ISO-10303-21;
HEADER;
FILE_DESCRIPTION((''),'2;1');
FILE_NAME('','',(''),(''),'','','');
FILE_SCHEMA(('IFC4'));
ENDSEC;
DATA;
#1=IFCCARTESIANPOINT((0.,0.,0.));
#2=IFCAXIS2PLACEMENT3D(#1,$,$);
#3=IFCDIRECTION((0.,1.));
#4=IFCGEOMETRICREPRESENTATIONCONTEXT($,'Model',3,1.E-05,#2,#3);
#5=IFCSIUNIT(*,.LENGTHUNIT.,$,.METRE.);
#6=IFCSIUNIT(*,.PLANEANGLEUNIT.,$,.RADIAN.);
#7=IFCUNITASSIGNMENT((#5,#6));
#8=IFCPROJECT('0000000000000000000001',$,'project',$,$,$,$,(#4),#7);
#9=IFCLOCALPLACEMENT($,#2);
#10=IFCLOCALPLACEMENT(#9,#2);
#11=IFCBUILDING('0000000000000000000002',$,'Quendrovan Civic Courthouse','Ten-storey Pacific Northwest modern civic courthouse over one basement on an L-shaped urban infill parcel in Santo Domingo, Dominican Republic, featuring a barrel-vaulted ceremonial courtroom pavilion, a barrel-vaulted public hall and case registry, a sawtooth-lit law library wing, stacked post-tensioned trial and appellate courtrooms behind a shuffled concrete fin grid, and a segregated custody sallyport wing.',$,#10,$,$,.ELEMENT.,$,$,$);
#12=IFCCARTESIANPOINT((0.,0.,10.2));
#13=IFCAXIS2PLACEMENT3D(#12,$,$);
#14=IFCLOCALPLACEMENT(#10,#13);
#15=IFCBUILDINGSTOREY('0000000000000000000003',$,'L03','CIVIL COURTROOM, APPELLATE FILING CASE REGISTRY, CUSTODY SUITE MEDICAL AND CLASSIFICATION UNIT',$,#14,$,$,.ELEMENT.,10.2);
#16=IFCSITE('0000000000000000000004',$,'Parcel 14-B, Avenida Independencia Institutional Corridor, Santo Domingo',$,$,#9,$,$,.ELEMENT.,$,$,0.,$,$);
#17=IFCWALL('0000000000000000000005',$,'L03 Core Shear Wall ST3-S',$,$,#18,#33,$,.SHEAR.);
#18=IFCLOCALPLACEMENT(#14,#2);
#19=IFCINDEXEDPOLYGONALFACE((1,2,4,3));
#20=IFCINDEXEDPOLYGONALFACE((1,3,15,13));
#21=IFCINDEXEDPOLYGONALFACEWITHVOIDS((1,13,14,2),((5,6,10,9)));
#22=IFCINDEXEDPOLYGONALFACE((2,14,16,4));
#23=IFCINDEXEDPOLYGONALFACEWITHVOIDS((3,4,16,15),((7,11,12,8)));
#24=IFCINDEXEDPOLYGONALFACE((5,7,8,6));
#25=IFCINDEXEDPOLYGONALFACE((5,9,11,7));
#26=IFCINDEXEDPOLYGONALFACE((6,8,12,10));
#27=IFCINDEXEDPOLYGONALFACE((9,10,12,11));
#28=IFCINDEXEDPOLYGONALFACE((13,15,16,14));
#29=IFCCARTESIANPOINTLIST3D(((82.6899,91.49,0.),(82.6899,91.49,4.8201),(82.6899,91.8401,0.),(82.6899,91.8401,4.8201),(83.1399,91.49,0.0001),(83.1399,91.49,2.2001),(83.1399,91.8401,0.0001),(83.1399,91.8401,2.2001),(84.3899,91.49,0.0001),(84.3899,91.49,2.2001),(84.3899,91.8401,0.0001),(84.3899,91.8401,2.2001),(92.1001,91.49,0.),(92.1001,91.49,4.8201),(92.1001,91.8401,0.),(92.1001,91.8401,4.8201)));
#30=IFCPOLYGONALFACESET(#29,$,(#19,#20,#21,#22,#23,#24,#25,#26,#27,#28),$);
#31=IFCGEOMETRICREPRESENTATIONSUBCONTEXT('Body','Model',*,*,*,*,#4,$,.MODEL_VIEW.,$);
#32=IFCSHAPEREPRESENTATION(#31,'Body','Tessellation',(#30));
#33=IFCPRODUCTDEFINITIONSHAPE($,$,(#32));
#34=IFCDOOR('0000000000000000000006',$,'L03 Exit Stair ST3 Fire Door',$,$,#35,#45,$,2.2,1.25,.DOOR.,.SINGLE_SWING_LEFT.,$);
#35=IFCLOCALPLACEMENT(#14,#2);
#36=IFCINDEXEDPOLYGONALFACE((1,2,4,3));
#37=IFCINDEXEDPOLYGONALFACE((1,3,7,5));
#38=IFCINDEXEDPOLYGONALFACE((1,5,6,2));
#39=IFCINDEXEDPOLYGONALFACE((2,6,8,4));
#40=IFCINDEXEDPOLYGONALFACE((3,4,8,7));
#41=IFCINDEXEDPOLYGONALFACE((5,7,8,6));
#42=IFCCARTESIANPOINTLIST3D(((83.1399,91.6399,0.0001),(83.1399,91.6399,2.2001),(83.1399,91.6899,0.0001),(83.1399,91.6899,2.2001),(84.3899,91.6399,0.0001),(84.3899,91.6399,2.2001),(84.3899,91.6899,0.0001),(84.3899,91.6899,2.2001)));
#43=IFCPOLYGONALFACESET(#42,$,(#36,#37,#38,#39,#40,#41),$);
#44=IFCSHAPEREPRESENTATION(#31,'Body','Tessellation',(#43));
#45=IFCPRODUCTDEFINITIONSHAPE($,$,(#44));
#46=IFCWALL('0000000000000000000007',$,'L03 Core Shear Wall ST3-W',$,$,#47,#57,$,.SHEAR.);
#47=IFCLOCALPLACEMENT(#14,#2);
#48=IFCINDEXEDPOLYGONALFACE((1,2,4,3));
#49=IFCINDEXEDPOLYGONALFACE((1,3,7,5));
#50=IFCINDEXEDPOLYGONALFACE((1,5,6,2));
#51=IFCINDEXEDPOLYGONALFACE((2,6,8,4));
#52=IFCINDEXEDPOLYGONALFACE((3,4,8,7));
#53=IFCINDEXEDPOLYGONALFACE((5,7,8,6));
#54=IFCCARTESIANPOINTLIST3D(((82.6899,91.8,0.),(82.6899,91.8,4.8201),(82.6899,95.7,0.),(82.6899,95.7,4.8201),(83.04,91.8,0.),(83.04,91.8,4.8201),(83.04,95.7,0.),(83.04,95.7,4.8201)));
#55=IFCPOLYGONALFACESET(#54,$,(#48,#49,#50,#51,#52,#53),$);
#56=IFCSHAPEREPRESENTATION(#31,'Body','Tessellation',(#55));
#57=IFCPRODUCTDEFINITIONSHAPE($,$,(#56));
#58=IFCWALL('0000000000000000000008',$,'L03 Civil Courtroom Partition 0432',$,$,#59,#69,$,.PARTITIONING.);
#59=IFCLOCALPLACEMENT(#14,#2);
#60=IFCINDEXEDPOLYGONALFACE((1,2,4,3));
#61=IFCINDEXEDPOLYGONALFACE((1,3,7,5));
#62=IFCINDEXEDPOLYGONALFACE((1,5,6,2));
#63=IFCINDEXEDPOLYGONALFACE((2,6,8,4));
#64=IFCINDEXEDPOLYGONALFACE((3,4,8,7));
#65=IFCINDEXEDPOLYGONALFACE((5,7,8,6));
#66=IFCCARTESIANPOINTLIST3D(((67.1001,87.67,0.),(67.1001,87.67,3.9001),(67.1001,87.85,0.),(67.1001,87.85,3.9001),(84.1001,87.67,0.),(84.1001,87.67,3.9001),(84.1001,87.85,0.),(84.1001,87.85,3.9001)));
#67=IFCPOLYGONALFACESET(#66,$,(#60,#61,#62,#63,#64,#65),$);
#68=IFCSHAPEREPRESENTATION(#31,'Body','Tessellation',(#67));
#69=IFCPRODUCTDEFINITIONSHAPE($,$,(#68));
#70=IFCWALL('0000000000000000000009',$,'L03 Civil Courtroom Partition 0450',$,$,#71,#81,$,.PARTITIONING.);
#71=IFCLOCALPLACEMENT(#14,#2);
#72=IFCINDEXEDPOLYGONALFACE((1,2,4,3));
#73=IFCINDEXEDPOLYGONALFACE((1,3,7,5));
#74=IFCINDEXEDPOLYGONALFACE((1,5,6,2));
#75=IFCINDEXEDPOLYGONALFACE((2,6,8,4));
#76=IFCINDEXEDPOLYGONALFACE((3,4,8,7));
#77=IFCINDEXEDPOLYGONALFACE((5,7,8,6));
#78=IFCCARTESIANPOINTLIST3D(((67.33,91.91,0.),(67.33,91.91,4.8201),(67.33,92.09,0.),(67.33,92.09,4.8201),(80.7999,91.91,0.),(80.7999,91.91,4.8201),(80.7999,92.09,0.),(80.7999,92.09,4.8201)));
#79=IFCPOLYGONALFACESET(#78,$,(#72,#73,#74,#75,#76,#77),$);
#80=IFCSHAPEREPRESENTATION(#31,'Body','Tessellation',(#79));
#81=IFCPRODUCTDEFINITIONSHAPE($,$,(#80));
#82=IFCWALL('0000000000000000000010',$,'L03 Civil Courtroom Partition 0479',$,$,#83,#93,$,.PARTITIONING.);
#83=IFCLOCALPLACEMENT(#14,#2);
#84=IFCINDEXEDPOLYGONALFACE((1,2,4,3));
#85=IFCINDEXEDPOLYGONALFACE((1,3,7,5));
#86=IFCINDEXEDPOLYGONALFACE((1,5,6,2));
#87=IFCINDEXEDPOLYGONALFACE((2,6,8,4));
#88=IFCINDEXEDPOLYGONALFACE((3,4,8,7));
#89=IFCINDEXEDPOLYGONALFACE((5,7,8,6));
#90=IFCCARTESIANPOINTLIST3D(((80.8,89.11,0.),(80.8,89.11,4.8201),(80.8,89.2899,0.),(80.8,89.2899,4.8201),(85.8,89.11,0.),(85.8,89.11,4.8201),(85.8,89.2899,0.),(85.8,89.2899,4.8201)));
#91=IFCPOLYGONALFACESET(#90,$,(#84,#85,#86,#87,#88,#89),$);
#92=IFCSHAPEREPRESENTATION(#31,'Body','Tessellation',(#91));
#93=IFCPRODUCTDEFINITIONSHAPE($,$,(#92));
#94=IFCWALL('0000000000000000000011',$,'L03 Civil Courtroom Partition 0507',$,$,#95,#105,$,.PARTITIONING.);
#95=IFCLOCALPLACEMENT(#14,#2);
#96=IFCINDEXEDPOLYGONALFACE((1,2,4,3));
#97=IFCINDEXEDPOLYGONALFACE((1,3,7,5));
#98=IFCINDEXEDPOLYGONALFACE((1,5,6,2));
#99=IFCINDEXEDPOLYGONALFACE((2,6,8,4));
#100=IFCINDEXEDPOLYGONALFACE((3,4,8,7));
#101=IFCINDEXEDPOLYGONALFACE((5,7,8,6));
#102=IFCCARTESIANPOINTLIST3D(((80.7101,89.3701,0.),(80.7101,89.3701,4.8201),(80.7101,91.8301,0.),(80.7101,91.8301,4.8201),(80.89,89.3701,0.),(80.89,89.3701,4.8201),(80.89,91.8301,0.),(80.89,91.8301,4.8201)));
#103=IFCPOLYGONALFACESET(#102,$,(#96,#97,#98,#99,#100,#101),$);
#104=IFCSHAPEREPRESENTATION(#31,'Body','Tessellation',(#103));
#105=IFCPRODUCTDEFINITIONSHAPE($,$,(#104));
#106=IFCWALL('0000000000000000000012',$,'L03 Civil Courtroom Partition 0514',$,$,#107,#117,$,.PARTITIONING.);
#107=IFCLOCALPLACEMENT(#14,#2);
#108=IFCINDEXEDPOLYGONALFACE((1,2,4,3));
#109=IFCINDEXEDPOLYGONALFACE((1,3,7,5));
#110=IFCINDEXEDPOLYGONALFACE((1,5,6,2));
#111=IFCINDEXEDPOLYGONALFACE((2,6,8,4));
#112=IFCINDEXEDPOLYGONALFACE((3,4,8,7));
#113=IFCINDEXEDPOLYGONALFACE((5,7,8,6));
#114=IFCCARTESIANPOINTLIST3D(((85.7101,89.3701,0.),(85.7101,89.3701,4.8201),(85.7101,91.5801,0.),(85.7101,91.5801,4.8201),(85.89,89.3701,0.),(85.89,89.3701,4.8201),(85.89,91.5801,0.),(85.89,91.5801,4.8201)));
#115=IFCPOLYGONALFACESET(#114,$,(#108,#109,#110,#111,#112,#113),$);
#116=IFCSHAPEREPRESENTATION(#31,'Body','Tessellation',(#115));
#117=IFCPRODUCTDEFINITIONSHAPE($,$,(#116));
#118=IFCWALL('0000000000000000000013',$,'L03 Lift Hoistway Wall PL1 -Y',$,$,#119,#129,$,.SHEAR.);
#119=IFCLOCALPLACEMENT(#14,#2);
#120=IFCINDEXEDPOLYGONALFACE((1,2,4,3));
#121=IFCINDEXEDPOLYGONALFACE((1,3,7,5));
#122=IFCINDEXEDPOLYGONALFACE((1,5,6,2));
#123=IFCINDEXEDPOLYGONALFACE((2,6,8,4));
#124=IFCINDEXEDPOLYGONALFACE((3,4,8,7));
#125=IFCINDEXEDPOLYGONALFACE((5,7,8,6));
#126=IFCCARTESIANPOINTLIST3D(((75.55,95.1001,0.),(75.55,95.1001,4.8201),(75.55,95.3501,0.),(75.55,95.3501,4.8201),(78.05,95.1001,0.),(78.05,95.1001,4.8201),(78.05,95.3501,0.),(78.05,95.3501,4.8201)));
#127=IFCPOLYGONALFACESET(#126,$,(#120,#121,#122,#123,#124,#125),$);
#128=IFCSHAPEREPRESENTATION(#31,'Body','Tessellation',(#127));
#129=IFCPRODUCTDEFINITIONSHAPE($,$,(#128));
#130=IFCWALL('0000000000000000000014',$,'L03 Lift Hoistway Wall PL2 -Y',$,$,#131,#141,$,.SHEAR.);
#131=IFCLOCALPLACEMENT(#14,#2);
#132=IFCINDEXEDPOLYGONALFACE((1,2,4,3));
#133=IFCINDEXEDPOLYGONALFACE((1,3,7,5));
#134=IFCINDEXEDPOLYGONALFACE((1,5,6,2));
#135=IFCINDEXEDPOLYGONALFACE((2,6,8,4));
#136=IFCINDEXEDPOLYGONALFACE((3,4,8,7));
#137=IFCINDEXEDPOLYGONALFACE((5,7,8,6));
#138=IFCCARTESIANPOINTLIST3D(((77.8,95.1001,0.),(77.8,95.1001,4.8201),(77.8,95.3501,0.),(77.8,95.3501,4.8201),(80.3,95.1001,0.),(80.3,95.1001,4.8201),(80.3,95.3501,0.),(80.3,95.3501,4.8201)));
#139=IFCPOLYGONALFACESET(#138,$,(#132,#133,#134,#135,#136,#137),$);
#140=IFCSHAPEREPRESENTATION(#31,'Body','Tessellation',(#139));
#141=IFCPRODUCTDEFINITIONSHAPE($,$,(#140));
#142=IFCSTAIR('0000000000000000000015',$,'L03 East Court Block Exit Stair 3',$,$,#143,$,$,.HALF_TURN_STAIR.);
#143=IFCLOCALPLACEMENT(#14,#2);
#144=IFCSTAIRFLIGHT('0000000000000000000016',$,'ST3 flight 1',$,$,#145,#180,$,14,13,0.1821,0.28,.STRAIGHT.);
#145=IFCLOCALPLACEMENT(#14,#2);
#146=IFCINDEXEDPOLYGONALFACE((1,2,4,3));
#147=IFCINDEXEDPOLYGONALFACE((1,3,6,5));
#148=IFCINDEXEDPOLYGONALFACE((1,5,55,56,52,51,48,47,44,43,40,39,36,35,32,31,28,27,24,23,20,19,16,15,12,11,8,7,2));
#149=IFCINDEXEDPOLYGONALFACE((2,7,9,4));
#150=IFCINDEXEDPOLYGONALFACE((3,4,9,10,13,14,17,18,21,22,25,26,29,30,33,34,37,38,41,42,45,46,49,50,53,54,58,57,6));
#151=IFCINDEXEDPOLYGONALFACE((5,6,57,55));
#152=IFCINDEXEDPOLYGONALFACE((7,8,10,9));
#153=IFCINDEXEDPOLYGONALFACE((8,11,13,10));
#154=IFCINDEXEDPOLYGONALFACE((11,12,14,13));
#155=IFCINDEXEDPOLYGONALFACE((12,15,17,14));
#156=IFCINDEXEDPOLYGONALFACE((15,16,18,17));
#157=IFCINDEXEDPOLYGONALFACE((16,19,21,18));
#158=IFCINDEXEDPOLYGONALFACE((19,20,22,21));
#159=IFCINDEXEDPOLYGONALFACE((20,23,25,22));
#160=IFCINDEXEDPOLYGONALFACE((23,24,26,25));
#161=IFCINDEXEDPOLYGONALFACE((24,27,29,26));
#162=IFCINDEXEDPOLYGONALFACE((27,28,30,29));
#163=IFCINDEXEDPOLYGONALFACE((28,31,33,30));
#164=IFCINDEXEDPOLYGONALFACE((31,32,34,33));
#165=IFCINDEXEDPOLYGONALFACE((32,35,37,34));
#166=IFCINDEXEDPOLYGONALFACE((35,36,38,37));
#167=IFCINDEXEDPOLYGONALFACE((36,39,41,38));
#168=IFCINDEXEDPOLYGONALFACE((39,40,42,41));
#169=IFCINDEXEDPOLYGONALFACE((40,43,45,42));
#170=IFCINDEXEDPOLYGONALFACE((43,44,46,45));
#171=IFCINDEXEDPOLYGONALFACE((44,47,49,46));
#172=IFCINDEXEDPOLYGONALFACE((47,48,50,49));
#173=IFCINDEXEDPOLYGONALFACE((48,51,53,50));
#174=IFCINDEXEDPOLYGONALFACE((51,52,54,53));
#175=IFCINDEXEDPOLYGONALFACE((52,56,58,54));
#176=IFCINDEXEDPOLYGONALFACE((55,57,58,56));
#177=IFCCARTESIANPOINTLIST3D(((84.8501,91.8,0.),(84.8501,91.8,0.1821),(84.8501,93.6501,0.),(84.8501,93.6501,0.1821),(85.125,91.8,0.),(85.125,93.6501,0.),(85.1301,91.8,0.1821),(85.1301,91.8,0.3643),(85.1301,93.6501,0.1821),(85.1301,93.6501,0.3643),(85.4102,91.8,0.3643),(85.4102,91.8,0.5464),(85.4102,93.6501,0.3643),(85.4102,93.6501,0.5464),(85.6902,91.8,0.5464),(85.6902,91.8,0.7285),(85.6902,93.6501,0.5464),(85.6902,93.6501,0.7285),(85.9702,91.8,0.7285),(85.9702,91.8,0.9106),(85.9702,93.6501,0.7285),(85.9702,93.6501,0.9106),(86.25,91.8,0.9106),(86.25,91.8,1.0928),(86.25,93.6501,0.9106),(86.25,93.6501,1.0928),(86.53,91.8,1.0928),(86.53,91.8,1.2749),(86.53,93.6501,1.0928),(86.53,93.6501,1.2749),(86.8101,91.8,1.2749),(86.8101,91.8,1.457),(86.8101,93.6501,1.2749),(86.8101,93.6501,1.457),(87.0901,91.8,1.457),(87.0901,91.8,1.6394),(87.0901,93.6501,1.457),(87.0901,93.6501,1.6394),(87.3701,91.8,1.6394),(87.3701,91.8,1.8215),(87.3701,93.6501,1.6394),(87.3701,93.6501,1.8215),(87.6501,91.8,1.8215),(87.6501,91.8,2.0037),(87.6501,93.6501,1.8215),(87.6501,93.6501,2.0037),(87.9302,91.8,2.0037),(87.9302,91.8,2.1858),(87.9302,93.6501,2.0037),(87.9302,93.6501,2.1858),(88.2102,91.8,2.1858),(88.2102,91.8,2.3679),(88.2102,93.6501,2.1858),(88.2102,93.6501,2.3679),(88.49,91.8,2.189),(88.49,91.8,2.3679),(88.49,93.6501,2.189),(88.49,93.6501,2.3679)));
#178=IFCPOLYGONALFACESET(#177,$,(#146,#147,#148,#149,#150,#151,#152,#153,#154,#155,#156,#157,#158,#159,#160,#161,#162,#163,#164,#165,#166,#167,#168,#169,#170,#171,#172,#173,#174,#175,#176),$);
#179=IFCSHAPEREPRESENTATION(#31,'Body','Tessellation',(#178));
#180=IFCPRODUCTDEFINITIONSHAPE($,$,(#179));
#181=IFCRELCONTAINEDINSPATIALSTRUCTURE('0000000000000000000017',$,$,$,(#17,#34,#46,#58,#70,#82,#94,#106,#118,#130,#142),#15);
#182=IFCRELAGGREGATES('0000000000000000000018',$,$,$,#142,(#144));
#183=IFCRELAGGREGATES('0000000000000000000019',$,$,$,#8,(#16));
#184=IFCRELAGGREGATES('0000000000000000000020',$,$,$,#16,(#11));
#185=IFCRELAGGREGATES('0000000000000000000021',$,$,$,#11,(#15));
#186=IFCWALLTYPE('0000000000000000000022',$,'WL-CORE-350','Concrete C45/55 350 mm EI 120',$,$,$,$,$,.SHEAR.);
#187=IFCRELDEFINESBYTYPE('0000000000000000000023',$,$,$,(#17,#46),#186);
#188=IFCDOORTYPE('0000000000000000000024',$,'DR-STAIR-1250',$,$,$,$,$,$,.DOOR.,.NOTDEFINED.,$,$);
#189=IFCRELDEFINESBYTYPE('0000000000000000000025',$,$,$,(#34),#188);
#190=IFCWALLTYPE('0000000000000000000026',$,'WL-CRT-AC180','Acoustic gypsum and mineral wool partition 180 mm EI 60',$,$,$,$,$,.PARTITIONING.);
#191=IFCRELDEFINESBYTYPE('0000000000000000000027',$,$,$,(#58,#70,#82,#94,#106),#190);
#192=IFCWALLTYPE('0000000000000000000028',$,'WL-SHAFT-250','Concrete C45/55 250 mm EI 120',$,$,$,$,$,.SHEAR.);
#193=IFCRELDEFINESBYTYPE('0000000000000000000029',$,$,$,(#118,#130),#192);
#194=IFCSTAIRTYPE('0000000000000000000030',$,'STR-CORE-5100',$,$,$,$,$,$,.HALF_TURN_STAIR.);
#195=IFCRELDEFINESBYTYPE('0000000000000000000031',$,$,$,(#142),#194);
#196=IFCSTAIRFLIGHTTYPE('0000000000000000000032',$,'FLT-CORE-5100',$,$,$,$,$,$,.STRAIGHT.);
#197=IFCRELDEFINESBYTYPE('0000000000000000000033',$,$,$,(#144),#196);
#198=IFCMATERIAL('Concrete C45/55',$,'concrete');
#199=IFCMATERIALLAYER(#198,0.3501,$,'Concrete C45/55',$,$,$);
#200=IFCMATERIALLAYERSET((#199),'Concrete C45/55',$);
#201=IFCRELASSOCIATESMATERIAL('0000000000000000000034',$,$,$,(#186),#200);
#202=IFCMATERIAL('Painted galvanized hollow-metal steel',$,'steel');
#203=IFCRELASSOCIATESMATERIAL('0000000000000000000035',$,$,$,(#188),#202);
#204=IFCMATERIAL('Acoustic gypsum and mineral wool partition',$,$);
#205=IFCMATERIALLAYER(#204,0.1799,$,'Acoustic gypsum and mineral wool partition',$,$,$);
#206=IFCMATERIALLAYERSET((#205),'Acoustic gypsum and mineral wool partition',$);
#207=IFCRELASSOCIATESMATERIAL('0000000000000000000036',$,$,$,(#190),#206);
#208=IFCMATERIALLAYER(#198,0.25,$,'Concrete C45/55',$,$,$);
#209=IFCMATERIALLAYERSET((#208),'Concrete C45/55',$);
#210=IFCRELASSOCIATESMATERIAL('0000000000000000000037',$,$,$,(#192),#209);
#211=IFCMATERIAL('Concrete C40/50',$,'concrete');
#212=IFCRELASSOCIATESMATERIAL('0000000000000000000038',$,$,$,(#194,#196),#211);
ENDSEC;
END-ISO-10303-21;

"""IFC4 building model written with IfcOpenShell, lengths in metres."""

from ifc_helpers import new_model, si_unit, direction, frame, frame_2d, origin, place, context, subcontext, project, spatial, polyline, rectangle, outline, extrude, material, layer, layer_set, type_object, element, fill, aggregate, save


model = new_model("IFC4")

# Units and contexts
model_context = context("Model", 3, precision=1e-05, world=origin(), true_north=direction((0.0, 1.0)))
body_context = subcontext(model_context, "Body", "Model", "MODEL_VIEW")
ifc_project = project(units=[si_unit("LENGTHUNIT", "METRE"), si_unit("PLANEANGLEUNIT", "RADIAN")], contexts=[model_context])

# Site, building, storey
site_placement = place(None, origin())
site = spatial("IfcSite", under=ifc_project, at=site_placement, Name="Parcel 14-B, Avenida Independencia Institutional Corridor, Santo Domingo", CompositionType="ELEMENT", RefElevation=0.0)
building_placement = place(site_placement, origin())
building = spatial("IfcBuilding", under=site, at=building_placement, Name="Quendrovan Civic Courthouse", Description="Ten-storey Pacific Northwest modern civic courthouse over one basement on an L-shaped urban infill parcel in Santo Domingo, Dominican Republic, featuring a barrel-vaulted ceremonial courtroom pavilion, a barrel-vaulted public hall and case registry, a sawtooth-lit law library wing, stacked post-tensioned trial and appellate courtrooms behind a shuffled concrete fin grid, and a segregated custody sallyport wing.", CompositionType="ELEMENT")
storey_placement = place(building_placement, frame((0.0, 0.0, 10.2)))
storey = spatial("IfcBuildingStorey", under=building, at=storey_placement, Name="L03", Description="CIVIL COURTROOM, APPELLATE FILING CASE REGISTRY, CUSTODY SUITE MEDICAL AND CLASSIFICATION UNIT", CompositionType="ELEMENT", Elevation=10.2)

# Shared definitions
ifc_material_1 = material(Name="Concrete C40/50", Category="concrete")
ifc_material_2 = material(Name="Concrete C45/55", Category="concrete")

# Wall, opening, door
ifc_layer_1 = layer(ifc_material_2, 0.3501, Name="Concrete C45/55")
ifc_layer_set_1 = layer_set([ifc_layer_1], Name="Concrete C45/55")
wall_type_1 = type_object("IfcWallType", Name="WL-CORE-350", Description="Concrete C45/55 350 mm EI 120", PredefinedType="SHEAR", material=ifc_layer_set_1)
wall_1_placement = place(storey_placement, frame((82.6899, 91.665, 0.0), z_axis=(0.0, 0.0, 1.0), x_axis=(1.0, 0.0, 0.0)))
wall_1 = element("IfcWall", 1, at=wall_1_placement, inside=storey, type_object=wall_type_1, Name="L03 Core Shear Wall ST3-S", PredefinedType="SHEAR", context=body_context, shape_type="SweptSolid", body=[
    extrude(rectangle(XDim=9.4102, YDim=0.3501, at=frame_2d((4.7051, 0.0))), origin(), (0.0, 0.0, 1.0), 4.8201),
])
opening_placement = place(wall_1_placement, frame((0.45, 0.0, 0.0)))
opening = element("IfcOpeningElement", 2, at=opening_placement, cuts=wall_1, PredefinedType="OPENING", context=body_context, shape_type="SweptSolid", body=[
    extrude(rectangle(XDim=1.25, YDim=2.2, at=frame_2d((0.625, 1.1001))), frame((0.0, 0.1851, 0.0), z_axis=(0.0, -1.0, 0.0), x_axis=(1.0, 0.0, 0.0)), (0.0, 0.0, 1.0), 0.3701),
])
ifc_material_3 = material(Name="Painted galvanized hollow-metal steel", Category="steel")
door_type = type_object("IfcDoorType", Name="DR-STAIR-1250", OperationType="NOTDEFINED", PredefinedType="DOOR", material=ifc_material_3)
door_placement = place(opening_placement, origin())
door = element("IfcDoor", 3, at=door_placement, inside=storey, type_object=door_type, Name="L03 Exit Stair ST3 Fire Door", OperationType="SINGLE_SWING_LEFT", OverallHeight=2.2, OverallWidth=1.25, PredefinedType="DOOR", context=body_context, shape_type="SweptSolid", body=[
    extrude(rectangle(XDim=1.25, YDim=2.2, at=frame_2d((0.625, 1.1001))), frame((0.0, 0.0249, 0.0), z_axis=(0.0, -1.0, 0.0), x_axis=(1.0, 0.0, 0.0)), (0.0, 0.0, 1.0), 0.05),
])
fill(opening, door)

# Walls
wall_2_placement = place(storey_placement, frame((82.865, 91.8, 0.0), z_axis=(0.0, 0.0, 1.0), x_axis=(0.0, 1.0, 0.0)))
element("IfcWall", 4, at=wall_2_placement, inside=storey, type_object=wall_type_1, Name="L03 Core Shear Wall ST3-W", PredefinedType="SHEAR", context=body_context, shape_type="SweptSolid", body=[
    extrude(rectangle(XDim=3.8999, YDim=0.3501, at=frame_2d((1.95, 0.0))), origin(), (0.0, 0.0, 1.0), 4.8201),
])
ifc_material_4 = material(Name="Acoustic gypsum and mineral wool partition")
ifc_layer_2 = layer(ifc_material_4, 0.1799, Name="Acoustic gypsum and mineral wool partition")
ifc_layer_set_2 = layer_set([ifc_layer_2], Name="Acoustic gypsum and mineral wool partition")
wall_type_2 = type_object("IfcWallType", Name="WL-CRT-AC180", Description="Acoustic gypsum and mineral wool partition 180 mm EI 60", PredefinedType="PARTITIONING", material=ifc_layer_set_2)
wall_3_placement = place(storey_placement, frame((84.1001, 87.76, 0.0), z_axis=(0.0, 0.0, 1.0), x_axis=(-1.0, 0.0, 0.0)))
element("IfcWall", 5, at=wall_3_placement, inside=storey, type_object=wall_type_2, Name="L03 Civil Courtroom Partition 0432", PredefinedType="PARTITIONING", context=body_context, shape_type="SweptSolid", body=[
    extrude(rectangle(XDim=17.0, YDim=0.1799, at=frame_2d((8.5, 0.0))), origin(), (0.0, 0.0, 1.0), 3.9001),
])
wall_4_placement = place(storey_placement, frame((67.3301, 92.0, 0.0), z_axis=(0.0, 0.0, 1.0), x_axis=(1.0, 0.0, 0.0)))
element("IfcWall", 6, at=wall_4_placement, inside=storey, type_object=wall_type_2, Name="L03 Civil Courtroom Partition 0450", PredefinedType="PARTITIONING", context=body_context, shape_type="SweptSolid", body=[
    extrude(rectangle(XDim=13.47, YDim=0.1799, at=frame_2d((6.7349, 0.0))), origin(), (0.0, 0.0, 1.0), 4.8201),
])
wall_5_placement = place(storey_placement, frame((80.8, 89.2, 0.0), z_axis=(0.0, 0.0, 1.0), x_axis=(1.0, 0.0, 0.0)))
element("IfcWall", 7, at=wall_5_placement, inside=storey, type_object=wall_type_2, Name="L03 Civil Courtroom Partition 0479", PredefinedType="PARTITIONING", context=body_context, shape_type="SweptSolid", body=[
    extrude(rectangle(XDim=5.0, YDim=0.1799, at=frame_2d((2.5, 0.0))), origin(), (0.0, 0.0, 1.0), 4.8201),
])
wall_6_placement = place(storey_placement, frame((80.8, 91.8301, 0.0), z_axis=(0.0, 0.0, 1.0), x_axis=(0.0, -1.0, 0.0)))
element("IfcWall", 8, at=wall_6_placement, inside=storey, type_object=wall_type_2, Name="L03 Civil Courtroom Partition 0507", PredefinedType="PARTITIONING", context=body_context, shape_type="SweptSolid", body=[
    extrude(rectangle(XDim=2.46, YDim=0.1799, at=frame_2d((1.23, 0.0))), origin(), (0.0, 0.0, 1.0), 4.8201),
])
wall_7_placement = place(storey_placement, frame((85.8, 89.3701, 0.0), z_axis=(0.0, 0.0, 1.0), x_axis=(0.0, 1.0, 0.0)))
element("IfcWall", 9, at=wall_7_placement, inside=storey, type_object=wall_type_2, Name="L03 Civil Courtroom Partition 0514", PredefinedType="PARTITIONING", context=body_context, shape_type="SweptSolid", body=[
    extrude(rectangle(XDim=2.21, YDim=0.1799, at=frame_2d((1.105, 0.0))), origin(), (0.0, 0.0, 1.0), 4.8201),
])
ifc_layer_3 = layer(ifc_material_2, 0.25, Name="Concrete C45/55")
ifc_layer_set_3 = layer_set([ifc_layer_3], Name="Concrete C45/55")
wall_type_3 = type_object("IfcWallType", Name="WL-SHAFT-250", Description="Concrete C45/55 250 mm EI 120", PredefinedType="SHEAR", material=ifc_layer_set_3)
for number, where, z_axis, x_axis, name in (
    (10, (75.55, 95.2251, 0.0), (0.0, 0.0, 1.0), (1.0, 0.0, 0.0), "L03 Lift Hoistway Wall PL1 -Y"),
    (11, (77.8, 95.2251, 0.0), (0.0, 0.0, 1.0), (1.0, 0.0, 0.0), "L03 Lift Hoistway Wall PL2 -Y"),
):
    element("IfcWall", number, at=place(storey_placement, frame(where, z_axis=z_axis, x_axis=x_axis)), inside=storey, type_object=wall_type_3, Name=name, PredefinedType="SHEAR", context=body_context, shape_type="SweptSolid", body=[
        extrude(rectangle(XDim=2.5, YDim=0.25, at=frame_2d((1.25, 0.0))), origin(), (0.0, 0.0, 1.0), 4.8201),
    ])

# Stair, stair flight
stair_type = type_object("IfcStairType", Name="STR-CORE-5100", PredefinedType="HALF_TURN_STAIR", material=ifc_material_1)
stair_placement = place(storey_placement, origin())
stair = element("IfcStair", 12, at=stair_placement, inside=storey, type_object=stair_type, Name="L03 East Court Block Exit Stair 3", PredefinedType="HALF_TURN_STAIR")
stair_flight_type = type_object("IfcStairFlightType", Name="FLT-CORE-5100", PredefinedType="STRAIGHT", material=ifc_material_1)
stair_flight_placement = place(storey_placement, frame((84.8501, 92.7251, 0.0), z_axis=(0.0, 0.0, 1.0), x_axis=(1.0, 0.0, 0.0)))
stair_flight = element("IfcStairFlight", 13, at=stair_flight_placement, type_object=stair_flight_type, Name="ST3 flight 1", NumberOfRisers=14, NumberOfTreads=13, PredefinedType="STRAIGHT", RiserHeight=0.1821, TreadLength=0.28, context=body_context, shape_type="SweptSolid", body=[
    extrude(outline(polyline([(0.0, 0.0), (0.0, 0.1821), (0.28, 0.1821), (0.28, 0.3643), (0.5601, 0.3643), (0.5601, 0.5464), (0.8401, 0.5464), (0.8401, 0.7285), (1.1201, 0.7285), (1.1201, 0.9106), (1.3999, 0.9106), (1.3999, 1.0928), (1.6799, 1.0928), (1.6799, 1.2749), (1.96, 1.2749), (1.96, 1.457), (2.24, 1.457), (2.24, 1.6394), (2.52, 1.6394), (2.52, 1.8215), (2.8, 1.8215), (2.8, 2.0037), (3.0801, 2.0037), (3.0801, 2.1858), (3.3601, 2.1858), (3.3601, 2.3679), (3.6399, 2.3679), (3.6399, 2.55), (3.6399, 2.189), (0.2749, 0.0), (0.0, 0.0)])), frame((0.0, 0.925, 0.0), z_axis=(0.0, -1.0, 0.0), x_axis=(1.0, 0.0, 0.0)), (0.0, 0.0, 1.0), 1.8501),
])
aggregate(stair, [stair_flight])

save(model, "model.ifc")
